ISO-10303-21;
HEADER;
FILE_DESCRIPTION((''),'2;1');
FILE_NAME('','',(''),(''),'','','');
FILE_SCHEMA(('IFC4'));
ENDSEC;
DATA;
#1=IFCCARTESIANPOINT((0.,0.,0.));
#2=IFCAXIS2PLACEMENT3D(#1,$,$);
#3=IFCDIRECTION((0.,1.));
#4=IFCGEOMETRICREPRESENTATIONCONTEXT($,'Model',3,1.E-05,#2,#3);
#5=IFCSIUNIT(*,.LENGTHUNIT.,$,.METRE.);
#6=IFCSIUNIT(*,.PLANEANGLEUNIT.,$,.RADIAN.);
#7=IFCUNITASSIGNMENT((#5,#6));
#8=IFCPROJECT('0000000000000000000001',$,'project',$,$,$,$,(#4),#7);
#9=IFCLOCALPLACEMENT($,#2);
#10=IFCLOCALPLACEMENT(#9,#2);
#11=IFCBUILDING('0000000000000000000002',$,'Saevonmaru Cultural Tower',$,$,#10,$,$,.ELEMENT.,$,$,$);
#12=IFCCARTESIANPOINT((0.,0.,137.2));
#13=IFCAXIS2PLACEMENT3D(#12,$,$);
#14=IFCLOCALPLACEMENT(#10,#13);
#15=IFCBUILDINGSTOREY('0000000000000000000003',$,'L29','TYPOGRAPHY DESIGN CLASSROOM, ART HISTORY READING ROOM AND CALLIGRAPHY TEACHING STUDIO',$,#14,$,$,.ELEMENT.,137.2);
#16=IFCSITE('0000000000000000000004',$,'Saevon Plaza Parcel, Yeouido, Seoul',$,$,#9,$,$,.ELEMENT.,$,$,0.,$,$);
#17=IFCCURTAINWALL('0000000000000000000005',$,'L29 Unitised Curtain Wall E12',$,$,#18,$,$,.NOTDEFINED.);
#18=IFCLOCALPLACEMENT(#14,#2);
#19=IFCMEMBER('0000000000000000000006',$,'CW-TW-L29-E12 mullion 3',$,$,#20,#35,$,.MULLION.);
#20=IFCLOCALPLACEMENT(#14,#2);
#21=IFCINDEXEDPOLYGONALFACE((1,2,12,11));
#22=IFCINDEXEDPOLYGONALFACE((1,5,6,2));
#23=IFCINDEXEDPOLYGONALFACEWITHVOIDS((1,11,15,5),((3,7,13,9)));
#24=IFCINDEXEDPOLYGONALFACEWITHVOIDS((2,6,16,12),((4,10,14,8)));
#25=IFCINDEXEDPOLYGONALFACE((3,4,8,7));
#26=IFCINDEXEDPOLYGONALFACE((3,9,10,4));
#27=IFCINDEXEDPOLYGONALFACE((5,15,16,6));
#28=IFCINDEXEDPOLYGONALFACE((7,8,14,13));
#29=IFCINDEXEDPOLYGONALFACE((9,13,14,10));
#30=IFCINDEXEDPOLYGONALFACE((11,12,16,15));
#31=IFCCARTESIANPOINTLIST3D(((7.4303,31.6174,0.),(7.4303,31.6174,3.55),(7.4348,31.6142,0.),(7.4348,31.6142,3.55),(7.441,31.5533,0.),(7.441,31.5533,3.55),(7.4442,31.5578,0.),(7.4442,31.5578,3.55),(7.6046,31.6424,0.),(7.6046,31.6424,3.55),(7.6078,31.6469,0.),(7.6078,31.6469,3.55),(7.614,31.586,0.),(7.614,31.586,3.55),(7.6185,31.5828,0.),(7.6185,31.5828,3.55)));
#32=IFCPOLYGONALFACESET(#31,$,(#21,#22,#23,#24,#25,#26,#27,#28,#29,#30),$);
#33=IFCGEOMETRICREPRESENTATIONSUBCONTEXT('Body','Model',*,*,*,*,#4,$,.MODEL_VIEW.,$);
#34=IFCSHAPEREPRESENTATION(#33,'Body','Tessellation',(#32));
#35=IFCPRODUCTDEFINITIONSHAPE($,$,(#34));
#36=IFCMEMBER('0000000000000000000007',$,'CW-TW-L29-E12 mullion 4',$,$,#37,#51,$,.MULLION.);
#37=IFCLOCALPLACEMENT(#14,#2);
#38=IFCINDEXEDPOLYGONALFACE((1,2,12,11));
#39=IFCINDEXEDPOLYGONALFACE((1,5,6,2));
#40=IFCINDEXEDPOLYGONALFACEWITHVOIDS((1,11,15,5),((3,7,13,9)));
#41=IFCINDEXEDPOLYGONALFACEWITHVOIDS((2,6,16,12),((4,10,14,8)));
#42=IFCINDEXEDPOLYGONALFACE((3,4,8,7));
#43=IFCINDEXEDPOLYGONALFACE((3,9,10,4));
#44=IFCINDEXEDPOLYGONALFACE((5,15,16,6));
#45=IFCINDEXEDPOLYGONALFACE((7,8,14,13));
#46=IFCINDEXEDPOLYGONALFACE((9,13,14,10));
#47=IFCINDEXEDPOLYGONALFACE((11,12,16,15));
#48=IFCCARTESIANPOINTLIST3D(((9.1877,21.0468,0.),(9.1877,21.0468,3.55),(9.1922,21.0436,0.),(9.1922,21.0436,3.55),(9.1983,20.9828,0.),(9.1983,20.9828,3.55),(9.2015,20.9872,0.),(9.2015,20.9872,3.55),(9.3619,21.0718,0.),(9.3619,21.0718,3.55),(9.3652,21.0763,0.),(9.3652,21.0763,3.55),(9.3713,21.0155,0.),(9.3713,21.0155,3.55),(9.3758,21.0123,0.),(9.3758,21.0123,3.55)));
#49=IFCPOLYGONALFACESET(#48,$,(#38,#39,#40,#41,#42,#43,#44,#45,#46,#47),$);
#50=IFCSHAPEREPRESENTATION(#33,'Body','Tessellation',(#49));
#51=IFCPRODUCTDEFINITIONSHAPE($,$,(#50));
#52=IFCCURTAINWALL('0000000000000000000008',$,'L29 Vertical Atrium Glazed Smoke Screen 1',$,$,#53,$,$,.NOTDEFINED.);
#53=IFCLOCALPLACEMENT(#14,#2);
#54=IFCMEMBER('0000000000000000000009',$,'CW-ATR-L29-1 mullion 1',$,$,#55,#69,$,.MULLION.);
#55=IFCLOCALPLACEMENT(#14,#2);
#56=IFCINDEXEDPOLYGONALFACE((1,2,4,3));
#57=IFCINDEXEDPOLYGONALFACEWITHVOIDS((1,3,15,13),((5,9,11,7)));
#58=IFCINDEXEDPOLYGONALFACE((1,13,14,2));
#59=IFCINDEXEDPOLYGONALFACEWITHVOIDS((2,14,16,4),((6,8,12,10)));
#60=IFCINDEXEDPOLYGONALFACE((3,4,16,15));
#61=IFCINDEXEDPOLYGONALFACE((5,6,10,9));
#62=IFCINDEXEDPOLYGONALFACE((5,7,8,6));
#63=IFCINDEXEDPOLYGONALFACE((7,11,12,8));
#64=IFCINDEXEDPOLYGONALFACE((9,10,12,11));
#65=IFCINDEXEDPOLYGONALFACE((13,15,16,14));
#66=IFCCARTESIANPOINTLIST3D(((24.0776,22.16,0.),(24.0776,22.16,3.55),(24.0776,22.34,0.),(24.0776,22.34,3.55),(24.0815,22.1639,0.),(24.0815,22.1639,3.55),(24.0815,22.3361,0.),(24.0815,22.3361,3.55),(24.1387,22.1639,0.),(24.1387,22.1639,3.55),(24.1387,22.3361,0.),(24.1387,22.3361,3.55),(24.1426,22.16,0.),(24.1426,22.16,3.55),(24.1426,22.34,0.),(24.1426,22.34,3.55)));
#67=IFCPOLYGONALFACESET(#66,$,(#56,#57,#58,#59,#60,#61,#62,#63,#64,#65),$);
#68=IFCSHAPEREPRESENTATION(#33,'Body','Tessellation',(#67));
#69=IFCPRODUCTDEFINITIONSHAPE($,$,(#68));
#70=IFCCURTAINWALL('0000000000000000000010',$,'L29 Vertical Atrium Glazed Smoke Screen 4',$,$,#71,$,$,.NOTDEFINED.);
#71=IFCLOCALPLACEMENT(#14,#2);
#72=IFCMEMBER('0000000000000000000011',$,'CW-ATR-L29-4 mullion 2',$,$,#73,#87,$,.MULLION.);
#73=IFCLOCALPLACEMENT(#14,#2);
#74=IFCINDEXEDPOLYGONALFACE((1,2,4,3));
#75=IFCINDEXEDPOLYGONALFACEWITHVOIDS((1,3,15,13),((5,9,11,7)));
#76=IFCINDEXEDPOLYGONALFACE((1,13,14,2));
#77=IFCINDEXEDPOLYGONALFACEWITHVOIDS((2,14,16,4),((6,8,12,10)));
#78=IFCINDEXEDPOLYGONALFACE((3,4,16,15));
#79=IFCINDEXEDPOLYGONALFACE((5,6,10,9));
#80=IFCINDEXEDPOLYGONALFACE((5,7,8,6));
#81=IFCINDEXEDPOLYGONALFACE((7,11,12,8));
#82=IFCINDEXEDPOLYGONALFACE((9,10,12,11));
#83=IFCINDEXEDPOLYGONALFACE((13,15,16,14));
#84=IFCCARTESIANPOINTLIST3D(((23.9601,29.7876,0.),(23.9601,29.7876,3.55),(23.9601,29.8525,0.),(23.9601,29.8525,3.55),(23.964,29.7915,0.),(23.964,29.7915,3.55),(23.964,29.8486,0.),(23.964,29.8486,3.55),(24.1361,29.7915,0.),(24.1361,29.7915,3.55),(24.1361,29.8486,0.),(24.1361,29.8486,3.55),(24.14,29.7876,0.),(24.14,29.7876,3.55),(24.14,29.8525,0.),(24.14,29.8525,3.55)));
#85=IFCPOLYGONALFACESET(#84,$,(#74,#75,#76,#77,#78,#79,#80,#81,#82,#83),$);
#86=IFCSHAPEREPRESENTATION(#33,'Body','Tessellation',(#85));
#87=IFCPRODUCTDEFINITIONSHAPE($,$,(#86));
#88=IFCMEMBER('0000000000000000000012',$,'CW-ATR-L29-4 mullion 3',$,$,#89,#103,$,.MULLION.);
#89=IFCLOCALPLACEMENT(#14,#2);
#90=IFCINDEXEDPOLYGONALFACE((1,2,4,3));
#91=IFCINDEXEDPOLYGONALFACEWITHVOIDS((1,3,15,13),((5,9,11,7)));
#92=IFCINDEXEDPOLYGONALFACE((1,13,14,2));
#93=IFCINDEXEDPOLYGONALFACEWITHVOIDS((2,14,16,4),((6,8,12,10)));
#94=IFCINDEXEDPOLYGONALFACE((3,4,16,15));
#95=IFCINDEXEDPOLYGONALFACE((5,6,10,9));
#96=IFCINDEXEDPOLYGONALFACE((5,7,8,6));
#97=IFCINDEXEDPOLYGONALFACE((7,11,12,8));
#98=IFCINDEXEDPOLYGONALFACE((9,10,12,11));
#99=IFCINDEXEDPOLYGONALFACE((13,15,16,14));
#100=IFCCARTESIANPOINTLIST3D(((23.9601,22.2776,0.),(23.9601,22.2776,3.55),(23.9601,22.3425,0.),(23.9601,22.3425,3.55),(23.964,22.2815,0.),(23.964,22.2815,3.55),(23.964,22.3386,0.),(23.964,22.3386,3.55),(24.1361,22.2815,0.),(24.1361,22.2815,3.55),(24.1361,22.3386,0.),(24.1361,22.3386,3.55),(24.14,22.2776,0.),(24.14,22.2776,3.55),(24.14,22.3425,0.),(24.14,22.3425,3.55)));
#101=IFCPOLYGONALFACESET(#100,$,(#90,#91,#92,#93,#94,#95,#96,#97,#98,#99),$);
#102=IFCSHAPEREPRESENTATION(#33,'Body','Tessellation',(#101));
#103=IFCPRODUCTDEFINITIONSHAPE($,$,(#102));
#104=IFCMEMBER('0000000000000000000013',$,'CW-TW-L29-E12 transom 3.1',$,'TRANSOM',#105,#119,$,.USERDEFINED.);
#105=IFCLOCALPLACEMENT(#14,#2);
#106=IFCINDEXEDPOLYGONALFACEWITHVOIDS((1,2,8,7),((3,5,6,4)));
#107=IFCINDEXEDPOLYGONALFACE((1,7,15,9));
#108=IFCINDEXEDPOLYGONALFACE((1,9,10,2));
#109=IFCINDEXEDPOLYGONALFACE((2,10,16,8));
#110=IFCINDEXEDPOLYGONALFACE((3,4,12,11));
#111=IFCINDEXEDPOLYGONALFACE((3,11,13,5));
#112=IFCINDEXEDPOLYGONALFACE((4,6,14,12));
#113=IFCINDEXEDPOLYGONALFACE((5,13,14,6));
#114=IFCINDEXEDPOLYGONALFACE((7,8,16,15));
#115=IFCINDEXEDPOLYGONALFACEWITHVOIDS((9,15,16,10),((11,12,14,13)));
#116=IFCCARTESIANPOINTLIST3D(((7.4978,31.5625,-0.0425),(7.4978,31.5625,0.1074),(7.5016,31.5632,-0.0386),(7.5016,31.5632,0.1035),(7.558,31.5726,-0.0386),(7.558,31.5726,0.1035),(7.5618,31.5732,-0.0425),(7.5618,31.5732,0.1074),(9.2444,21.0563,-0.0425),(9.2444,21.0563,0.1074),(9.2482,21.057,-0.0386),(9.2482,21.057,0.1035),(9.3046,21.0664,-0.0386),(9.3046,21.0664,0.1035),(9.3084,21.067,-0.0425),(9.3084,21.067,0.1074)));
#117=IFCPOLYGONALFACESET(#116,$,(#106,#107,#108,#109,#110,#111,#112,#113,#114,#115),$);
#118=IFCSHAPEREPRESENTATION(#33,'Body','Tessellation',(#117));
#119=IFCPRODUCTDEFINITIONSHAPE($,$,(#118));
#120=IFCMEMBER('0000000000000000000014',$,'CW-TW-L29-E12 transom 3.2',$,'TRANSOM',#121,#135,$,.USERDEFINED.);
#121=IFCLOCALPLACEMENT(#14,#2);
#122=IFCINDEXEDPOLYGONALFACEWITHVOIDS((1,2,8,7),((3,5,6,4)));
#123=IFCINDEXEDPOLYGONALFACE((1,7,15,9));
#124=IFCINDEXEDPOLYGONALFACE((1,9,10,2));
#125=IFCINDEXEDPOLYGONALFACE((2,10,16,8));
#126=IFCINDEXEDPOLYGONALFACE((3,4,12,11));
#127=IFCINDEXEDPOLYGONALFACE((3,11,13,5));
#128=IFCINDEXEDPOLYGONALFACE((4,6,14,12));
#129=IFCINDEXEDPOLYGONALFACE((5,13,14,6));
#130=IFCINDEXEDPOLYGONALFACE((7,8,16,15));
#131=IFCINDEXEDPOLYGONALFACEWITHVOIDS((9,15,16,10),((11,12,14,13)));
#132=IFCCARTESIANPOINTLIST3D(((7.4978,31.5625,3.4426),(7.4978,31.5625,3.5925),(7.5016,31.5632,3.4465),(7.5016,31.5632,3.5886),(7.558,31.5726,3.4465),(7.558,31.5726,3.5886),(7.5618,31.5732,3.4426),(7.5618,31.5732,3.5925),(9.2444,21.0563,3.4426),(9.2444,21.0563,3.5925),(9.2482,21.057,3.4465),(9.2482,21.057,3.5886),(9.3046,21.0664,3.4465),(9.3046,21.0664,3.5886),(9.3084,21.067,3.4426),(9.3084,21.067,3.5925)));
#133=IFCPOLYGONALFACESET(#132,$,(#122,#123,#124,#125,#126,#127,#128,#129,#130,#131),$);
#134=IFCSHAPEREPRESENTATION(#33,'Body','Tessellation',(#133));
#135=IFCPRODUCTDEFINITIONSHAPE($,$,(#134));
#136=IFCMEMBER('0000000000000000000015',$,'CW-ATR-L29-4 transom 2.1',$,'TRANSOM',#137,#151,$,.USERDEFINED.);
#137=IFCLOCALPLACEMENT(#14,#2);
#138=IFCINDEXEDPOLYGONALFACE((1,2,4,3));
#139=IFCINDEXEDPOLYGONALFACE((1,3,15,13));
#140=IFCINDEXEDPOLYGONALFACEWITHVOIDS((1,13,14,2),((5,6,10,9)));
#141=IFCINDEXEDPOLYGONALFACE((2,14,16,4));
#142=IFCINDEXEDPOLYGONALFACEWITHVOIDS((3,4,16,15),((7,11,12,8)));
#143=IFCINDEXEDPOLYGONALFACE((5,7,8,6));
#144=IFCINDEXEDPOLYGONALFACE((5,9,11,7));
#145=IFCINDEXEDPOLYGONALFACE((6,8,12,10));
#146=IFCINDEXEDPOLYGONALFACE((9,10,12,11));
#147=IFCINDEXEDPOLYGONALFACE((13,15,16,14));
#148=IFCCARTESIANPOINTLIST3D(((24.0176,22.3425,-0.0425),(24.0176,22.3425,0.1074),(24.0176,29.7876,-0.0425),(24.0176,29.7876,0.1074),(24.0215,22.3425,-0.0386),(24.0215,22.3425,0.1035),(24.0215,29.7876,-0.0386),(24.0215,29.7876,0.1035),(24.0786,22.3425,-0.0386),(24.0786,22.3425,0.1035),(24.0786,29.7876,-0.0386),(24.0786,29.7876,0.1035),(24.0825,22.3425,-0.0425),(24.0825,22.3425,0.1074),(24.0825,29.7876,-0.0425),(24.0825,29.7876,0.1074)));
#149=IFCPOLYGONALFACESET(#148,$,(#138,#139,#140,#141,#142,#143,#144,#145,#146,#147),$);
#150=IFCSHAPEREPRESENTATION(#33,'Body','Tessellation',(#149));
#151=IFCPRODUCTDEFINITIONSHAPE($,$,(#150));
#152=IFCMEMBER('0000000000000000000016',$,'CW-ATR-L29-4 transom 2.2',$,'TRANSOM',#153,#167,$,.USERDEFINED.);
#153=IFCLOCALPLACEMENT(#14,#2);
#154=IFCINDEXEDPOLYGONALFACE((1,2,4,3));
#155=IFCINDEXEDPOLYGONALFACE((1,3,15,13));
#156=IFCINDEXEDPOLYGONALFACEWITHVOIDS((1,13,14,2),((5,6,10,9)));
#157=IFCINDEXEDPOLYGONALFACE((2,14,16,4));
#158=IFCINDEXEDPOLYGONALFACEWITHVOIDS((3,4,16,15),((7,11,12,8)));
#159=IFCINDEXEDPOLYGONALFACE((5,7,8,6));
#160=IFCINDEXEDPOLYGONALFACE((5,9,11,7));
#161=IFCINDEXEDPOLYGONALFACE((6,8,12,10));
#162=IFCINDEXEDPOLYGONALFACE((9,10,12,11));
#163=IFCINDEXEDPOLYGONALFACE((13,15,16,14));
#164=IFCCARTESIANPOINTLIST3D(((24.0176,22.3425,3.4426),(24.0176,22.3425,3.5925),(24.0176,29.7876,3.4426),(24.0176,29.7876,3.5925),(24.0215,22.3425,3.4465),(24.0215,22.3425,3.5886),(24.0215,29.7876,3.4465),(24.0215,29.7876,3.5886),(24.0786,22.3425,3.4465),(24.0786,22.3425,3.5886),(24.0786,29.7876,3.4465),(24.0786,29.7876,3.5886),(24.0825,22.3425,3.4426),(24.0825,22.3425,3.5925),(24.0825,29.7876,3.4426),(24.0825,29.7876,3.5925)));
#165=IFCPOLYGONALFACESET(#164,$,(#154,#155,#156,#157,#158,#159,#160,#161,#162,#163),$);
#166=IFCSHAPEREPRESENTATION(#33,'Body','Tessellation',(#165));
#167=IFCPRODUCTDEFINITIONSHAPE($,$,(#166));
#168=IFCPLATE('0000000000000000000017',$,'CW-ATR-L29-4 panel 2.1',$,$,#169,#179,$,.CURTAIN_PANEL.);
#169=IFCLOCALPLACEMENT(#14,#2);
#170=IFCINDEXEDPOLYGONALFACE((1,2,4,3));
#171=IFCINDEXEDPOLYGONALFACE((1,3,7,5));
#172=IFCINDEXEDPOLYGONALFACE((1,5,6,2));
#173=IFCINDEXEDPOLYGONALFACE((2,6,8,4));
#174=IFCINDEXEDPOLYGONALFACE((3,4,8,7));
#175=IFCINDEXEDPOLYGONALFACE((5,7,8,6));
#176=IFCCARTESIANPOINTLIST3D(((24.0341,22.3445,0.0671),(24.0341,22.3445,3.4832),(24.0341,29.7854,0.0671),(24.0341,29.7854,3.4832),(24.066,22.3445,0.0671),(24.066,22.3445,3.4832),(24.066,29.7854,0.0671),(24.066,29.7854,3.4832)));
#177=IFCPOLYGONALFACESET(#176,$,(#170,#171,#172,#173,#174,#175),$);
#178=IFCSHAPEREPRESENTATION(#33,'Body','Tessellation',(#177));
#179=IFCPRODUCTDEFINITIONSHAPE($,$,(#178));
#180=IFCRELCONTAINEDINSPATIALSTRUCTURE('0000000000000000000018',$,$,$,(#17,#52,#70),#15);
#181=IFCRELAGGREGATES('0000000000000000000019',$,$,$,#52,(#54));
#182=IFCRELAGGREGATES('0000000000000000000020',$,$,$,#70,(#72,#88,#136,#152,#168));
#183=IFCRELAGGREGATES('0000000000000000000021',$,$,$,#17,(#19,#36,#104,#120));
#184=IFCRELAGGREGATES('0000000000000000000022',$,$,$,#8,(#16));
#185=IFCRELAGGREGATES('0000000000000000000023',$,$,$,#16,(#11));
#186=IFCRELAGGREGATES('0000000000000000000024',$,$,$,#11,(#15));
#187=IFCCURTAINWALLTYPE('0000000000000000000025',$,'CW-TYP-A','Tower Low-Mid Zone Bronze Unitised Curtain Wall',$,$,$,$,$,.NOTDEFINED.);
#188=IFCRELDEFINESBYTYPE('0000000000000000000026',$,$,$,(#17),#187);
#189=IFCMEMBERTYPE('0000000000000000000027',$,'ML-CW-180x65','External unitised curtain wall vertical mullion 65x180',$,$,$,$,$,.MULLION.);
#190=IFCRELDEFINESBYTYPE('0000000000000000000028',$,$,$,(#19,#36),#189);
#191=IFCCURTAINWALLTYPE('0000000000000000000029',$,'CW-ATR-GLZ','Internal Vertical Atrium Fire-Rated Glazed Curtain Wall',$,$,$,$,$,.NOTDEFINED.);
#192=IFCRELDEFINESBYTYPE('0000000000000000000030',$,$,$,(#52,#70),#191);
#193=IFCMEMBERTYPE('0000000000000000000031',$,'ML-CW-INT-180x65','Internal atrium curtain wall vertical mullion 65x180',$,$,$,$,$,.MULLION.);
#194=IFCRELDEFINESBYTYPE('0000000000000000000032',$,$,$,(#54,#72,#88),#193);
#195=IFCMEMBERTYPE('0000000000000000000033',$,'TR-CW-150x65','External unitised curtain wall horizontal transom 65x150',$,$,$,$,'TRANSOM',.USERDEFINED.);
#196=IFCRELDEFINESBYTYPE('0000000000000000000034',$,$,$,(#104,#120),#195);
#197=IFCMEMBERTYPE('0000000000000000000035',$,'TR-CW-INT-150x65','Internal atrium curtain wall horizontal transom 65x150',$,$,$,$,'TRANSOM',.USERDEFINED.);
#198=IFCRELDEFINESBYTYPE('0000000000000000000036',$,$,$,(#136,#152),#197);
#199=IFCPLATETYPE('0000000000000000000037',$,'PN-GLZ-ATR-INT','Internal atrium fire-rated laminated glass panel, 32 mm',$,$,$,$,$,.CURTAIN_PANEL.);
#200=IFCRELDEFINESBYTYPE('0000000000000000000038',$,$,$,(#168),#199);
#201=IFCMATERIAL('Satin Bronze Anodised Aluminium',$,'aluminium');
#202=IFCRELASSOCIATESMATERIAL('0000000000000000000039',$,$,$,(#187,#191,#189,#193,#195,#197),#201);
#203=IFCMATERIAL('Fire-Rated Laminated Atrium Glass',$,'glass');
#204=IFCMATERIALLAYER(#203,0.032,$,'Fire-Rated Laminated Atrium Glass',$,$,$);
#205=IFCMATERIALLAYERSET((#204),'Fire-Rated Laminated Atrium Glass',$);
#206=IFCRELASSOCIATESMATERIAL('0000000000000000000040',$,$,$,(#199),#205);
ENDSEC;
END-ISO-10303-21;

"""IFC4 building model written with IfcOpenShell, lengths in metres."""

from ifc_helpers import new_model, si_unit, direction, frame, origin, origin_2d, place, context, subcontext, project, spatial, rectangle, hollow_rectangle, extrude, material, layer, layer_set, material_profile, profile_set, type_object, element, aggregate, save


model = new_model("IFC4")

# Units and contexts
model_context = context("Model", 3, precision=1e-05, world=origin(), true_north=direction((0.0, 1.0)))
body_context = subcontext(model_context, "Body", "Model", "MODEL_VIEW")
ifc_project = project(units=[si_unit("LENGTHUNIT", "METRE"), si_unit("PLANEANGLEUNIT", "RADIAN")], contexts=[model_context])

# Site, building, storey
site_placement = place(None, origin())
site = spatial("IfcSite", under=ifc_project, at=site_placement, Name="Saevon Plaza Parcel, Yeouido, Seoul", CompositionType="ELEMENT", RefElevation=0.0)
building_placement = place(site_placement, origin())
building = spatial("IfcBuilding", under=site, at=building_placement, Name="Saevonmaru Cultural Tower", CompositionType="ELEMENT")
storey_placement = place(building_placement, frame((0.0, 0.0, 137.2)))
storey = spatial("IfcBuildingStorey", under=building, at=storey_placement, Name="L29", Description="TYPOGRAPHY DESIGN CLASSROOM, ART HISTORY READING ROOM AND CALLIGRAPHY TEACHING STUDIO", CompositionType="ELEMENT", Elevation=137.2)

# Curtain wall, members
ifc_material_1 = material(Name="Satin Bronze Anodised Aluminium", Category="aluminium")
curtain_wall_type_1 = type_object("IfcCurtainWallType", Name="CW-TYP-A", Description="Tower Low-Mid Zone Bronze Unitised Curtain Wall", PredefinedType="NOTDEFINED", material=ifc_material_1)
curtain_wall_1_placement = place(storey_placement, origin())
curtain_wall_1 = element("IfcCurtainWall", 1, at=curtain_wall_1_placement, inside=storey, type_object=curtain_wall_type_1, Name="L29 Unitised Curtain Wall E12", PredefinedType="NOTDEFINED")
ifc_material_profile_1 = material_profile(ifc_material_1, hollow_rectangle(XDim=0.0649, YDim=0.1799, WallThickness=0.0039, at=origin_2d()), Name="ALU-MULL-180x65x4")
ifc_profile_set_1 = profile_set([ifc_material_profile_1], Name="Satin Bronze Anodised Aluminium")
member_type_1 = type_object("IfcMemberType", Name="ML-CW-180x65", Description="External unitised curtain wall vertical mullion 65x180", PredefinedType="MULLION", material=ifc_profile_set_1)
member_1_placement = place(storey_placement, frame((7.5244, 31.6001, 0.0), z_axis=(0.0, 0.0, 1.0), x_axis=(0.163999, -0.986461, 0.0)))
member_1 = element("IfcMember", 2, at=member_1_placement, type_object=member_type_1, Name="CW-TW-L29-E12 mullion 3", PredefinedType="MULLION", context=body_context, shape_type="SweptSolid", body=[
    extrude(hollow_rectangle(XDim=0.0649, YDim=0.1799, WallThickness=0.0039, at=origin_2d()), origin(), (0.0, 0.0, 1.0), 3.55),
])
member_2_placement = place(storey_placement, frame((9.2817, 21.0295, 0.0), z_axis=(0.0, 0.0, 1.0), x_axis=(0.163999, -0.986461, 0.0)))
member_2 = element("IfcMember", 3, at=member_2_placement, type_object=member_type_1, Name="CW-TW-L29-E12 mullion 4", PredefinedType="MULLION", context=body_context, shape_type="SweptSolid", body=[
    extrude(hollow_rectangle(XDim=0.0649, YDim=0.1799, WallThickness=0.0039, at=origin_2d()), origin(), (0.0, 0.0, 1.0), 3.55),
])

# Curtain wall, member
curtain_wall_type_2 = type_object("IfcCurtainWallType", Name="CW-ATR-GLZ", Description="Internal Vertical Atrium Fire-Rated Glazed Curtain Wall", PredefinedType="NOTDEFINED", material=ifc_material_1)
curtain_wall_2_placement = place(storey_placement, origin())
curtain_wall_2 = element("IfcCurtainWall", 4, at=curtain_wall_2_placement, inside=storey, type_object=curtain_wall_type_2, Name="L29 Vertical Atrium Glazed Smoke Screen 1", PredefinedType="NOTDEFINED")
ifc_material_profile_2 = material_profile(ifc_material_1, hollow_rectangle(XDim=0.0649, YDim=0.1799, WallThickness=0.0039, at=origin_2d()), Name="ALU-MULL-180x65x4")
ifc_profile_set_2 = profile_set([ifc_material_profile_2], Name="Satin Bronze Anodised Aluminium")
member_type_2 = type_object("IfcMemberType", Name="ML-CW-INT-180x65", Description="Internal atrium curtain wall vertical mullion 65x180", PredefinedType="MULLION", material=ifc_profile_set_2)
member_3_placement = place(storey_placement, frame((24.1101, 22.25, 0.0), z_axis=(0.0, 0.0, 1.0), x_axis=(1.0, 0.0, 0.0)))
member_3 = element("IfcMember", 5, at=member_3_placement, type_object=member_type_2, Name="CW-ATR-L29-1 mullion 1", PredefinedType="MULLION", context=body_context, shape_type="SweptSolid", body=[
    extrude(hollow_rectangle(XDim=0.0649, YDim=0.1799, WallThickness=0.0039, at=origin_2d()), origin(), (0.0, 0.0, 1.0), 3.55),
])
aggregate(curtain_wall_2, [member_3])

# Curtain wall, members
curtain_wall_3_placement = place(storey_placement, origin())
curtain_wall_3 = element("IfcCurtainWall", 6, at=curtain_wall_3_placement, inside=storey, type_object=curtain_wall_type_2, Name="L29 Vertical Atrium Glazed Smoke Screen 4", PredefinedType="NOTDEFINED")
member_4_placement = place(storey_placement, frame((24.05, 29.8201, 0.0), z_axis=(0.0, 0.0, 1.0), x_axis=(0.0, -1.0, 0.0)))
member_4 = element("IfcMember", 7, at=member_4_placement, type_object=member_type_2, Name="CW-ATR-L29-4 mullion 2", PredefinedType="MULLION", context=body_context, shape_type="SweptSolid", body=[
    extrude(hollow_rectangle(XDim=0.0649, YDim=0.1799, WallThickness=0.0039, at=origin_2d()), origin(), (0.0, 0.0, 1.0), 3.55),
])
member_5_placement = place(storey_placement, frame((24.05, 22.3101, 0.0), z_axis=(0.0, 0.0, 1.0), x_axis=(0.0, -1.0, 0.0)))
member_5 = element("IfcMember", 8, at=member_5_placement, type_object=member_type_2, Name="CW-ATR-L29-4 mullion 3", PredefinedType="MULLION", context=body_context, shape_type="SweptSolid", body=[
    extrude(hollow_rectangle(XDim=0.0649, YDim=0.1799, WallThickness=0.0039, at=origin_2d()), origin(), (0.0, 0.0, 1.0), 3.55),
])

# Members
ifc_material_profile_3 = material_profile(ifc_material_1, hollow_rectangle(XDim=0.0649, YDim=0.1499, WallThickness=0.0039, at=origin_2d()), Name="ALU-TRAN-150x65x4")
ifc_profile_set_3 = profile_set([ifc_material_profile_3], Name="Satin Bronze Anodised Aluminium")
member_type_3 = type_object("IfcMemberType", Name="TR-CW-150x65", Description="External unitised curtain wall horizontal transom 65x150", ElementType="TRANSOM", PredefinedType="USERDEFINED", material=ifc_profile_set_3)
member_6_placement = place(storey_placement, frame((7.5298, 31.5679, 0.0325), z_axis=(0.163994, -0.986461, 0.0), x_axis=(0.986461, 0.163994, 0.0)))
member_6 = element("IfcMember", 9, at=member_6_placement, type_object=member_type_3, Name="CW-TW-L29-E12 transom 3.1", ObjectType="TRANSOM", PredefinedType="USERDEFINED", context=body_context, shape_type="SweptSolid", body=[
    extrude(hollow_rectangle(XDim=0.0649, YDim=0.1499, WallThickness=0.0039, at=origin_2d()), origin(), (0.0, 0.0, 1.0), 10.6504),
])
member_7_placement = place(storey_placement, frame((7.5298, 31.5679, 3.5176), z_axis=(0.163994, -0.986461, 0.0), x_axis=(0.986461, 0.163994, 0.0)))
member_7 = element("IfcMember", 10, at=member_7_placement, type_object=member_type_3, Name="CW-TW-L29-E12 transom 3.2", ObjectType="TRANSOM", PredefinedType="USERDEFINED", context=body_context, shape_type="SweptSolid", body=[
    extrude(hollow_rectangle(XDim=0.0649, YDim=0.1499, WallThickness=0.0039, at=origin_2d()), origin(), (0.0, 0.0, 1.0), 10.6504),
])
ifc_material_profile_4 = material_profile(ifc_material_1, hollow_rectangle(XDim=0.0649, YDim=0.1499, WallThickness=0.0039, at=origin_2d()), Name="ALU-TRAN-150x65x4")
ifc_profile_set_4 = profile_set([ifc_material_profile_4], Name="Satin Bronze Anodised Aluminium")
member_type_4 = type_object("IfcMemberType", Name="TR-CW-INT-150x65", Description="Internal atrium curtain wall horizontal transom 65x150", ElementType="TRANSOM", PredefinedType="USERDEFINED", material=ifc_profile_set_4)
member_8_placement = place(storey_placement, frame((24.05, 29.7876, 0.0325), z_axis=(0.0, -1.0, 0.0), x_axis=(1.0, 0.0, 0.0)))
member_8 = element("IfcMember", 11, at=member_8_placement, type_object=member_type_4, Name="CW-ATR-L29-4 transom 2.1", ObjectType="TRANSOM", PredefinedType="USERDEFINED", context=body_context, shape_type="SweptSolid", body=[
    extrude(hollow_rectangle(XDim=0.0649, YDim=0.1499, WallThickness=0.0039, at=origin_2d()), origin(), (0.0, 0.0, 1.0), 7.4451),
])
member_9_placement = place(storey_placement, frame((24.05, 29.7876, 3.5176), z_axis=(0.0, -1.0, 0.0), x_axis=(1.0, 0.0, 0.0)))
member_9 = element("IfcMember", 12, at=member_9_placement, type_object=member_type_4, Name="CW-ATR-L29-4 transom 2.2", ObjectType="TRANSOM", PredefinedType="USERDEFINED", context=body_context, shape_type="SweptSolid", body=[
    extrude(hollow_rectangle(XDim=0.0649, YDim=0.1499, WallThickness=0.0039, at=origin_2d()), origin(), (0.0, 0.0, 1.0), 7.4451),
])

# Plate
ifc_material_2 = material(Name="Fire-Rated Laminated Atrium Glass", Category="glass")
ifc_layer_1 = layer(ifc_material_2, 0.032, Name="Fire-Rated Laminated Atrium Glass")
ifc_layer_set_1 = layer_set([ifc_layer_1], Name="Fire-Rated Laminated Atrium Glass")
plate_type_1 = type_object("IfcPlateType", Name="PN-GLZ-ATR-INT", Description="Internal atrium fire-rated laminated glass panel, 32 mm", PredefinedType="CURTAIN_PANEL", material=ifc_layer_set_1)
plate_1_placement = place(storey_placement, frame((24.05, 26.0649, 0.0671), z_axis=(0.0, 0.0, 1.0), x_axis=(0.0, -1.0, 0.0)))
plate_1 = element("IfcPlate", 13, at=plate_1_placement, type_object=plate_type_1, Name="CW-ATR-L29-4 panel 2.1", PredefinedType="CURTAIN_PANEL", context=body_context, shape_type="SweptSolid", body=[
    extrude(rectangle(XDim=7.4409, YDim=0.032, at=origin_2d()), origin(), (0.0, 0.0, 1.0), 3.416),
])
aggregate(curtain_wall_3, [member_4, member_5, member_8, member_9, plate_1])
aggregate(curtain_wall_1, [member_1, member_2, member_6, member_7])

save(model, "model.ifc")
